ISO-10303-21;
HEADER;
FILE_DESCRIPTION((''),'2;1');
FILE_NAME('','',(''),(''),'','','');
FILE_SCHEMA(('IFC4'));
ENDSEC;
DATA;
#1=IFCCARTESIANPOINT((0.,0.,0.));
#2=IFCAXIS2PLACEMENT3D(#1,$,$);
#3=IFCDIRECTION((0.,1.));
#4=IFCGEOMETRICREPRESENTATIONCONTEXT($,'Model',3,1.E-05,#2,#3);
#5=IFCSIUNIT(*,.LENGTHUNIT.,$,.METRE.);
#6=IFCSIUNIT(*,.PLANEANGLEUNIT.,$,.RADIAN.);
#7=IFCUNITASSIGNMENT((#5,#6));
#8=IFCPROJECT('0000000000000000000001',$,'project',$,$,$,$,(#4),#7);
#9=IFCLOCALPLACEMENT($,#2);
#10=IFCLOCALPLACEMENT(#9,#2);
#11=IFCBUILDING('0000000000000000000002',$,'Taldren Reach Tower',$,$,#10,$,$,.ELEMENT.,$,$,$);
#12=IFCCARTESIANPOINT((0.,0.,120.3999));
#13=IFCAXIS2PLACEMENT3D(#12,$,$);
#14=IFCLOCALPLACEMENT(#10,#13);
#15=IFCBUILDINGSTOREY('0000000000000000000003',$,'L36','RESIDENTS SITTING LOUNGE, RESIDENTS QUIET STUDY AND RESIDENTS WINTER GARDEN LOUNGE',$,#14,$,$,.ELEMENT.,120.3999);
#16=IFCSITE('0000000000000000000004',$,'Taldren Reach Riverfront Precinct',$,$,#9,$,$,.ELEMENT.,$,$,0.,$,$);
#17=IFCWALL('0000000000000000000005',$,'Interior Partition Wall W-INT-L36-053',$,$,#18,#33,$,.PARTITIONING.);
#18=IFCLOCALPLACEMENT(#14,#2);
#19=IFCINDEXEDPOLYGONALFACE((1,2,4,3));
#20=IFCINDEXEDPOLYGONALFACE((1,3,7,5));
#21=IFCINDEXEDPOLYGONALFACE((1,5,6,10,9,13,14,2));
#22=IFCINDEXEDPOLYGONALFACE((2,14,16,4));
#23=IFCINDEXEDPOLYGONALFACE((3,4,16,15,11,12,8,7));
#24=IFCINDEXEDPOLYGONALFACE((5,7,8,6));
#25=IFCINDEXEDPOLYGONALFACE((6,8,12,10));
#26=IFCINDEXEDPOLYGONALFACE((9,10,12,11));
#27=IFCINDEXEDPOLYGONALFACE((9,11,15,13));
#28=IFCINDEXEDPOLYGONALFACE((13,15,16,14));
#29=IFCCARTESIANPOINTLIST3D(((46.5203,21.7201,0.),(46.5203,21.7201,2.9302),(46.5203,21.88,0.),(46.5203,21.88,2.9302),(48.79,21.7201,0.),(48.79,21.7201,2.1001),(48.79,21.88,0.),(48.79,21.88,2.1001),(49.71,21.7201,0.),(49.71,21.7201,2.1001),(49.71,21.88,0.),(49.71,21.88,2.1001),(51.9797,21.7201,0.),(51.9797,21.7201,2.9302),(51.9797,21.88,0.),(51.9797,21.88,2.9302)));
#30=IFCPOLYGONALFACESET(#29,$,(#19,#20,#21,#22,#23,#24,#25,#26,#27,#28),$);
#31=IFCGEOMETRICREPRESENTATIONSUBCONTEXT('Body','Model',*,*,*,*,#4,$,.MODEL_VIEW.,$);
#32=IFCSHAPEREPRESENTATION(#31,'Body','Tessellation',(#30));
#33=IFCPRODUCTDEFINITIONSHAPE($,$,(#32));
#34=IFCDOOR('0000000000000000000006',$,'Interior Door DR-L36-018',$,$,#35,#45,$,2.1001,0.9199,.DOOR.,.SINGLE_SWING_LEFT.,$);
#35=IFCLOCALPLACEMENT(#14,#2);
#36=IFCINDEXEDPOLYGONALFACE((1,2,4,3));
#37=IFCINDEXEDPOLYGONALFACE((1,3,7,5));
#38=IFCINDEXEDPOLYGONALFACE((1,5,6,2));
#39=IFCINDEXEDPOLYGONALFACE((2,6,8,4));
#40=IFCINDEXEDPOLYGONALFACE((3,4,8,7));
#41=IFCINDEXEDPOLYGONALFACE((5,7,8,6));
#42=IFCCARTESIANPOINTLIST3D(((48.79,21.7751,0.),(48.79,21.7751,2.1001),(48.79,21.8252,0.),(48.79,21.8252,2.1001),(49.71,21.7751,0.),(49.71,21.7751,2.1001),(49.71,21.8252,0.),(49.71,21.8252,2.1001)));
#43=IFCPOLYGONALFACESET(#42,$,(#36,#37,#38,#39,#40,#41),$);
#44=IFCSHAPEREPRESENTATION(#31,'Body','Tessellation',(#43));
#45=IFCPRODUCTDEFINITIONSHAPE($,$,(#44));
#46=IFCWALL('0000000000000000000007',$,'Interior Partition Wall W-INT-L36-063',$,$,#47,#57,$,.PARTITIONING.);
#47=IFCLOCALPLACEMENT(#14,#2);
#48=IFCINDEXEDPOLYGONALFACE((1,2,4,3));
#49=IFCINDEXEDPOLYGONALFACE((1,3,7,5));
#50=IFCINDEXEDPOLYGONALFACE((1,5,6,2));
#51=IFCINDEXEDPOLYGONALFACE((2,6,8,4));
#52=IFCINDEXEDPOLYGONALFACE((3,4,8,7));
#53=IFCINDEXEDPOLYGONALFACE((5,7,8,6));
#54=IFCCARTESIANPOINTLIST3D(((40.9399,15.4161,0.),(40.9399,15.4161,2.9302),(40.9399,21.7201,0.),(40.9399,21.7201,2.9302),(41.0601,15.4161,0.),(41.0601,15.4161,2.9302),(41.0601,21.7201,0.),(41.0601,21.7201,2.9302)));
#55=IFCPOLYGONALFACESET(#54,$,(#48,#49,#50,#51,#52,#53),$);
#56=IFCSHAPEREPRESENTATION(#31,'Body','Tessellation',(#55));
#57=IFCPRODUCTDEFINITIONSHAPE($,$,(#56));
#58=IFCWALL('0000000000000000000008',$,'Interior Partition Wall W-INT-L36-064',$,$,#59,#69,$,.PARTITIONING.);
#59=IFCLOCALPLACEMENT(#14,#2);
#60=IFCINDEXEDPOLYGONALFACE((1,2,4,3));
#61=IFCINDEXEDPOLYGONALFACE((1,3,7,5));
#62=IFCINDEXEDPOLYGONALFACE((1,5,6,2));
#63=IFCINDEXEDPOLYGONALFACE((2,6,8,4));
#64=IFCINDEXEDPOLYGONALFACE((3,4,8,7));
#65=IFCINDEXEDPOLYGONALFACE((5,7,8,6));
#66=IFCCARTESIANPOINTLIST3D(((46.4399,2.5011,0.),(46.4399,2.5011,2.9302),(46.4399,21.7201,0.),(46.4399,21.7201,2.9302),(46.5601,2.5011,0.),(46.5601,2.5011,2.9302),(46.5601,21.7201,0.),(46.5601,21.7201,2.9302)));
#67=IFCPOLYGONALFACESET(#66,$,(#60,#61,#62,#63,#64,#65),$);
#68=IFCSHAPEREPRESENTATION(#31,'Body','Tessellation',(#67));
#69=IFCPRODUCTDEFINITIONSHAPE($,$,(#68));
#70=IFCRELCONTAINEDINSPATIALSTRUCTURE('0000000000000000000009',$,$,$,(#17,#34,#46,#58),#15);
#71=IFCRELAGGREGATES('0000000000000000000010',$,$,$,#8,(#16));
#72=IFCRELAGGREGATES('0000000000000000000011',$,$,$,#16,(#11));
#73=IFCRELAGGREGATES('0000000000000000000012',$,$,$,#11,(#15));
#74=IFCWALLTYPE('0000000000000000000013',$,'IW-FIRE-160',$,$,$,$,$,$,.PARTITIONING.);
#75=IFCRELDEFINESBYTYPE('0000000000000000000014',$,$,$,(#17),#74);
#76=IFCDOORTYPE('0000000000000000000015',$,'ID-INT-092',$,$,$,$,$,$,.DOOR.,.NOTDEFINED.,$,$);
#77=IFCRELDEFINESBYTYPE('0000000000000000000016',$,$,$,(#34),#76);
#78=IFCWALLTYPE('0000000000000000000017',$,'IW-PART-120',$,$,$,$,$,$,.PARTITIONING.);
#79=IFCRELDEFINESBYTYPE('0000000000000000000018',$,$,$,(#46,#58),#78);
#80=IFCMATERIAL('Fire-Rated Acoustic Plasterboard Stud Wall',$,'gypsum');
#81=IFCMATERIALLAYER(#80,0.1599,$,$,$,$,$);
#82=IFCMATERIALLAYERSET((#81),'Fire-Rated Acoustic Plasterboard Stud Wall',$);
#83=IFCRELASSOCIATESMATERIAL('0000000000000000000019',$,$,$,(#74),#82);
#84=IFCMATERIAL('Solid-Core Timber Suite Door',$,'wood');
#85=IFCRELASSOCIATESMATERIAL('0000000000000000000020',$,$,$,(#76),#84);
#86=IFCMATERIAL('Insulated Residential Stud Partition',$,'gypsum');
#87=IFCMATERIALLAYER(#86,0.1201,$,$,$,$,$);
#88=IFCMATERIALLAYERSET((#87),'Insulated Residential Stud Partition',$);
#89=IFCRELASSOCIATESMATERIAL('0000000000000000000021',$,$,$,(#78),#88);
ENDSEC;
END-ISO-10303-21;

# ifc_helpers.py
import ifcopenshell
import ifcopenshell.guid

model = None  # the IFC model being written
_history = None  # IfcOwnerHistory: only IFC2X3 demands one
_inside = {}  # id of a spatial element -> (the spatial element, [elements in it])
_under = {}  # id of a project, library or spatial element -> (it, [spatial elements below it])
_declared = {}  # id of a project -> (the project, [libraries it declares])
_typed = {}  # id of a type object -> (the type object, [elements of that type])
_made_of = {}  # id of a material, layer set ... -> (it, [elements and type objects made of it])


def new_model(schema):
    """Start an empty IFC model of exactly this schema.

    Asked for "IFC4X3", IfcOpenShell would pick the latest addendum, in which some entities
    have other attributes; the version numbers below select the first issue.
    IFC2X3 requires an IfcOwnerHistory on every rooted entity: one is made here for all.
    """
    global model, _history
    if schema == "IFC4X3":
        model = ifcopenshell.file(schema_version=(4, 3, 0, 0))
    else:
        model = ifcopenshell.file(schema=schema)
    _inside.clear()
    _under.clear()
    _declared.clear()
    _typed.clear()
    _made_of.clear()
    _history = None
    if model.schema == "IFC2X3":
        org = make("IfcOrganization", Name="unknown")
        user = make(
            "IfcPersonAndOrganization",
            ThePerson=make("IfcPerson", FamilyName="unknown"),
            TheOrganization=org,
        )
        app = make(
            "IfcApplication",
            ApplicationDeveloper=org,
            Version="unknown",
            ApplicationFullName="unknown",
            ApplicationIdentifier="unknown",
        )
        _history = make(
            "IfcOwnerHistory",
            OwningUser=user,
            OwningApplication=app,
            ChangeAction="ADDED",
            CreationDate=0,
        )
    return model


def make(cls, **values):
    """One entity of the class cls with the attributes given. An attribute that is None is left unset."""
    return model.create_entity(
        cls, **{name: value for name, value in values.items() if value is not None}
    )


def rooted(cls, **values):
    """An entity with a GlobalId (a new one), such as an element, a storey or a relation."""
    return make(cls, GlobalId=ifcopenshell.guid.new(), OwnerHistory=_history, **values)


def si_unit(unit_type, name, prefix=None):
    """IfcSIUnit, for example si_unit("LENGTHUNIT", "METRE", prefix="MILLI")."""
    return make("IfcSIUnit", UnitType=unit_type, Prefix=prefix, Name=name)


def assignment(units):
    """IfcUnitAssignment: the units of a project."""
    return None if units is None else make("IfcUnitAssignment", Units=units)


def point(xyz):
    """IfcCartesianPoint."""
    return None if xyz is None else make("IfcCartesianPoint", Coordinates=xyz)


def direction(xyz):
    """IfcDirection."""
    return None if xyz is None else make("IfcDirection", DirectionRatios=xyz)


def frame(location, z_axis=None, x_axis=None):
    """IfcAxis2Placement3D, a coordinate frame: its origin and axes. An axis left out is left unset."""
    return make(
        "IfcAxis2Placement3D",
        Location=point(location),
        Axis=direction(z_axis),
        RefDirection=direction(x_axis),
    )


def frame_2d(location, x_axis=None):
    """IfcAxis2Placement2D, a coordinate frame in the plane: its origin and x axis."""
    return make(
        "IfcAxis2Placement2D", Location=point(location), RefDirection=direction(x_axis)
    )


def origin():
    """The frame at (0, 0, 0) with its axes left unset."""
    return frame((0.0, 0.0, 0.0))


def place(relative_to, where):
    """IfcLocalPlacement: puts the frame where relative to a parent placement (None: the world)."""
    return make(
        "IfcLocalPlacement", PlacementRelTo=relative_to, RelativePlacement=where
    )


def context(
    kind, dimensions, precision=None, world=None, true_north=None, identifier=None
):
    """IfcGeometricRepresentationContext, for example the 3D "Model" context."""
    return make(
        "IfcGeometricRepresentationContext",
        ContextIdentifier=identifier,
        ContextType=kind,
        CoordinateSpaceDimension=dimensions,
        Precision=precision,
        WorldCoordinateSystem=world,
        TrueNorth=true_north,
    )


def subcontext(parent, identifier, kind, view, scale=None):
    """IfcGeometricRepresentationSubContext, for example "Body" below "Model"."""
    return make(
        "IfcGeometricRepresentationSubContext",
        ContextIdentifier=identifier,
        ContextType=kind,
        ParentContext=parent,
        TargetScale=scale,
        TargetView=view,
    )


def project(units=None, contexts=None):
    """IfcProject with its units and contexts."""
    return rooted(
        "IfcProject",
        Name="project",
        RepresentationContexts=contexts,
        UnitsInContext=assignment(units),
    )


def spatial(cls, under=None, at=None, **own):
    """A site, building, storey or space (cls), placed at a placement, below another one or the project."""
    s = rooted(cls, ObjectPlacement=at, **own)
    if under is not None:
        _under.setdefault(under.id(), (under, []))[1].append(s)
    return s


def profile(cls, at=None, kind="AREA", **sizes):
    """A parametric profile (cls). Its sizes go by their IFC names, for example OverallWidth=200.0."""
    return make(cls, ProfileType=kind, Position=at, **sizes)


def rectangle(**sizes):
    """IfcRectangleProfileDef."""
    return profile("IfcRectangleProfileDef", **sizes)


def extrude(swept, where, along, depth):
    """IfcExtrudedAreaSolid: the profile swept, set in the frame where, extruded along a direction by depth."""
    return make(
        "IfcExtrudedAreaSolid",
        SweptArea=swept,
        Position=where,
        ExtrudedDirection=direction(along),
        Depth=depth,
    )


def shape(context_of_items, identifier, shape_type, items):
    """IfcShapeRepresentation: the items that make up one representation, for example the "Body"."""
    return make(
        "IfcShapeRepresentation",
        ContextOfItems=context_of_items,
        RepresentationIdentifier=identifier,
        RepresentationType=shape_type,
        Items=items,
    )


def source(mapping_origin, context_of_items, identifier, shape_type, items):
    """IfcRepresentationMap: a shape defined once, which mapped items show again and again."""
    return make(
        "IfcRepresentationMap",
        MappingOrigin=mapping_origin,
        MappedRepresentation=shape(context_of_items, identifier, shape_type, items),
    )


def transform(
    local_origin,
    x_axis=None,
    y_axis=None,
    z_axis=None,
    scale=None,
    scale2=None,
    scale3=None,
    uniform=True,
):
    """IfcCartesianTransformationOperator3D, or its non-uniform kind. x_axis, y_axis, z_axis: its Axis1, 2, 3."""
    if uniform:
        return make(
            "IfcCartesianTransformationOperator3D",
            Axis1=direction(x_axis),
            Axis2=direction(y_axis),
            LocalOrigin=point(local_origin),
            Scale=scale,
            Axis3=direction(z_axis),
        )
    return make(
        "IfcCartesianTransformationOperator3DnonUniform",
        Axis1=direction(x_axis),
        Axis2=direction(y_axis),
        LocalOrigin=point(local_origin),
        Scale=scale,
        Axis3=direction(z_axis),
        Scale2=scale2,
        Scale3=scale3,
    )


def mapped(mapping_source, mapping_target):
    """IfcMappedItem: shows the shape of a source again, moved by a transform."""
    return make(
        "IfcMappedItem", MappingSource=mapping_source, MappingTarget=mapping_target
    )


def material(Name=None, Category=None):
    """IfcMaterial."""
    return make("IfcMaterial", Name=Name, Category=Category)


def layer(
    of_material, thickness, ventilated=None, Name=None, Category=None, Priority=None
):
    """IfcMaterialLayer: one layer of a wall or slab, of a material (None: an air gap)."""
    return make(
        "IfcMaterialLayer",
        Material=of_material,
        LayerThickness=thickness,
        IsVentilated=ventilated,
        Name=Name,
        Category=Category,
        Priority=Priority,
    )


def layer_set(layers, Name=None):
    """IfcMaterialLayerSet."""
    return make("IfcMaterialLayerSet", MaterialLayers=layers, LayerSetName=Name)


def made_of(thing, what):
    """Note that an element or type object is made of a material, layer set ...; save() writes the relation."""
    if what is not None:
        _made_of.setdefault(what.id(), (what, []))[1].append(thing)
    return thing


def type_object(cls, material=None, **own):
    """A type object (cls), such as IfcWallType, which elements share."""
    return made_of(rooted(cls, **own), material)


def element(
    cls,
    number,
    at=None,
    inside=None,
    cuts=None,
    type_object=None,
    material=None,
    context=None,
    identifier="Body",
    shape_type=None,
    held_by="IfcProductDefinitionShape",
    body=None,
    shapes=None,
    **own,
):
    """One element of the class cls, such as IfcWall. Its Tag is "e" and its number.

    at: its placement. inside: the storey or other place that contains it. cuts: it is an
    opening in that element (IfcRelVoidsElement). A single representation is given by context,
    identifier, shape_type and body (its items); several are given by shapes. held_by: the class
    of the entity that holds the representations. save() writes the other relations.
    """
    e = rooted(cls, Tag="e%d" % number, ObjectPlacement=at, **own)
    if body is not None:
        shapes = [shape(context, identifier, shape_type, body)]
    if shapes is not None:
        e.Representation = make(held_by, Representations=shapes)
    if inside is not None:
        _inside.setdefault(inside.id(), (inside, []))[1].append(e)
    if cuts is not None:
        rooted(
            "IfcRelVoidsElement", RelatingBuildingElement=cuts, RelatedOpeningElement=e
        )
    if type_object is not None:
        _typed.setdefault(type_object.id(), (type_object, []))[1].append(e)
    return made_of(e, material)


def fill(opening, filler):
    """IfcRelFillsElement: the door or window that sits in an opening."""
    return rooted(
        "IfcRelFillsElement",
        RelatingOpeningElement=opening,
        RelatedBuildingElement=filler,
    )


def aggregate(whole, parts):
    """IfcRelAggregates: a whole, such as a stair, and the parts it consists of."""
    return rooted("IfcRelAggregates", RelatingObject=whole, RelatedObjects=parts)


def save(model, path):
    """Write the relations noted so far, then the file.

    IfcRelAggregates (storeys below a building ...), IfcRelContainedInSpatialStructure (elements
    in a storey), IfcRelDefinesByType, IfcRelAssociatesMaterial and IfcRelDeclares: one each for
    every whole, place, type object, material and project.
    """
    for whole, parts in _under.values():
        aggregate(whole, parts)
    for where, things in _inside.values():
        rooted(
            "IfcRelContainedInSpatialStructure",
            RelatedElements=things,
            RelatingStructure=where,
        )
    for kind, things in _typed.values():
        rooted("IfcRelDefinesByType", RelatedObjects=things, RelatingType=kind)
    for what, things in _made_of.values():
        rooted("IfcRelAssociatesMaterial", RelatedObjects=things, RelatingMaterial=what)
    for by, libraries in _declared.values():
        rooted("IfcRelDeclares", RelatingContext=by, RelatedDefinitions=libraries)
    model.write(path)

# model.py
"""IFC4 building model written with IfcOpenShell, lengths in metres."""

from ifc_helpers import new_model, si_unit, direction, frame, frame_2d, origin, place, context, subcontext, project, spatial, rectangle, extrude, source, transform, mapped, material, layer, layer_set, type_object, element, fill, save


model = new_model("IFC4")

# Units and contexts
model_context = context("Model", 3, precision=1e-05, world=origin(), true_north=direction((0.0, 1.0)))
body_context = subcontext(model_context, "Body", "Model", "MODEL_VIEW")
ifc_project = project(units=[si_unit("LENGTHUNIT", "METRE"), si_unit("PLANEANGLEUNIT", "RADIAN")], contexts=[model_context])

# Site, building, storey
site_placement = place(None, origin())
site = spatial("IfcSite", under=ifc_project, at=site_placement, Name="Taldren Reach Riverfront Precinct", CompositionType="ELEMENT", RefElevation=0.0)
building_placement = place(site_placement, origin())
building = spatial("IfcBuilding", under=site, at=building_placement, Name="Taldren Reach Tower", CompositionType="ELEMENT")
storey_placement = place(building_placement, frame((0.0, 0.0, 120.3999)))
storey = spatial("IfcBuildingStorey", under=building, at=storey_placement, Name="L36", Description="RESIDENTS SITTING LOUNGE, RESIDENTS QUIET STUDY AND RESIDENTS WINTER GARDEN LOUNGE", CompositionType="ELEMENT", Elevation=120.3999)

# Wall, opening, door
ifc_material_1 = material(Name="Fire-Rated Acoustic Plasterboard Stud Wall", Category="gypsum")
ifc_layer_1 = layer(ifc_material_1, 0.1599)
ifc_layer_set_1 = layer_set([ifc_layer_1], Name="Fire-Rated Acoustic Plasterboard Stud Wall")
wall_type_1 = type_object("IfcWallType", Name="IW-FIRE-160", PredefinedType="PARTITIONING", material=ifc_layer_set_1)
shared_shape_1 = source(origin(), body_context, "Body", "SweptSolid", [
    extrude(rectangle(XDim=0.9199, YDim=2.1001, at=frame_2d((0.46, 1.05))), frame((0.0, 0.0898, 0.0), z_axis=(0.0, -1.0, 0.0), x_axis=(1.0, 0.0, 0.0)), (0.0, 0.0, 1.0), 0.1799),
])
ifc_material_2 = material(Name="Solid-Core Timber Suite Door", Category="wood")
door_type_1 = type_object("IfcDoorType", Name="ID-INT-092", OperationType="NOTDEFINED", PredefinedType="DOOR", material=ifc_material_2)
shared_shape_2 = source(origin(), body_context, "Body", "SweptSolid", [
    extrude(rectangle(XDim=0.9199, YDim=2.1001, at=frame_2d((0.46, 1.05))), frame((0.0, 0.0249, 0.0), z_axis=(0.0, -1.0, 0.0), x_axis=(1.0, 0.0, 0.0)), (0.0, 0.0, 1.0), 0.05),
])
shared_shape_3 = source(origin(), body_context, "Body", "SweptSolid", [
    extrude(rectangle(XDim=5.4595, YDim=0.1599, at=frame_2d((2.7297, 0.0))), origin(), (0.0, 0.0, 1.0), 2.9302),
])
wall_1_placement = place(storey_placement, frame((51.9797, 21.8, 0.0), z_axis=(0.0, 0.0, 1.0), x_axis=(-1.0, 0.0, 0.0)))
wall_1 = element("IfcWall", 1, at=wall_1_placement, inside=storey, type_object=wall_type_1, Name="Interior Partition Wall W-INT-L36-053", PredefinedType="PARTITIONING", context=body_context, shape_type="MappedRepresentation", body=[
    mapped(shared_shape_3, transform((0.0, 0.0, 0.0), scale=1.0)),
])
opening_1_placement = place(wall_1_placement, frame((2.2698, 0.0, 0.0)))
opening_1 = element("IfcOpeningElement", 2, at=opening_1_placement, cuts=wall_1, PredefinedType="OPENING", context=body_context, shape_type="MappedRepresentation", body=[
    mapped(shared_shape_1, transform((0.0, 0.0, 0.0), scale=1.0)),
])
door_1_placement = place(opening_1_placement, origin())
door_1 = element("IfcDoor", 3, at=door_1_placement, inside=storey, type_object=door_type_1, Name="Interior Door DR-L36-018", OperationType="SINGLE_SWING_LEFT", OverallHeight=2.1001, OverallWidth=0.9199, PredefinedType="DOOR", context=body_context, shape_type="MappedRepresentation", body=[
    mapped(shared_shape_2, transform((0.0, 0.0, 0.0), scale=1.0)),
])
fill(opening_1, door_1)

# Walls
ifc_material_3 = material(Name="Insulated Residential Stud Partition", Category="gypsum")
ifc_layer_2 = layer(ifc_material_3, 0.1201)
ifc_layer_set_2 = layer_set([ifc_layer_2], Name="Insulated Residential Stud Partition")
wall_type_2 = type_object("IfcWallType", Name="IW-PART-120", PredefinedType="PARTITIONING", material=ifc_layer_set_2)
shared_shape_4 = source(origin(), body_context, "Body", "SweptSolid", [
    extrude(rectangle(XDim=6.304, YDim=0.1201, at=frame_2d((3.1519, 0.0))), origin(), (0.0, 0.0, 1.0), 2.9302),
])
wall_2_placement = place(storey_placement, frame((41.0, 21.72, 0.0), z_axis=(0.0, 0.0, 1.0), x_axis=(0.0, -1.0, 0.0)))
element("IfcWall", 4, at=wall_2_placement, inside=storey, type_object=wall_type_2, Name="Interior Partition Wall W-INT-L36-063", PredefinedType="PARTITIONING", context=body_context, shape_type="MappedRepresentation", body=[
    mapped(shared_shape_4, transform((0.0, 0.0, 0.0), scale=1.0)),
])
shared_shape_5 = source(origin(), body_context, "Body", "SweptSolid", [
    extrude(rectangle(XDim=19.219, YDim=0.1201, at=frame_2d((9.6094, 0.0))), origin(), (0.0, 0.0, 1.0), 2.9302),
])
wall_3_placement = place(storey_placement, frame((46.5, 21.72, 0.0), z_axis=(0.0, 0.0, 1.0), x_axis=(0.0, -1.0, 0.0)))
element("IfcWall", 5, at=wall_3_placement, inside=storey, type_object=wall_type_2, Name="Interior Partition Wall W-INT-L36-064", PredefinedType="PARTITIONING", context=body_context, shape_type="MappedRepresentation", body=[
    mapped(shared_shape_5, transform((0.0, 0.0, 0.0), scale=1.0)),
])

save(model, "model.ifc")
